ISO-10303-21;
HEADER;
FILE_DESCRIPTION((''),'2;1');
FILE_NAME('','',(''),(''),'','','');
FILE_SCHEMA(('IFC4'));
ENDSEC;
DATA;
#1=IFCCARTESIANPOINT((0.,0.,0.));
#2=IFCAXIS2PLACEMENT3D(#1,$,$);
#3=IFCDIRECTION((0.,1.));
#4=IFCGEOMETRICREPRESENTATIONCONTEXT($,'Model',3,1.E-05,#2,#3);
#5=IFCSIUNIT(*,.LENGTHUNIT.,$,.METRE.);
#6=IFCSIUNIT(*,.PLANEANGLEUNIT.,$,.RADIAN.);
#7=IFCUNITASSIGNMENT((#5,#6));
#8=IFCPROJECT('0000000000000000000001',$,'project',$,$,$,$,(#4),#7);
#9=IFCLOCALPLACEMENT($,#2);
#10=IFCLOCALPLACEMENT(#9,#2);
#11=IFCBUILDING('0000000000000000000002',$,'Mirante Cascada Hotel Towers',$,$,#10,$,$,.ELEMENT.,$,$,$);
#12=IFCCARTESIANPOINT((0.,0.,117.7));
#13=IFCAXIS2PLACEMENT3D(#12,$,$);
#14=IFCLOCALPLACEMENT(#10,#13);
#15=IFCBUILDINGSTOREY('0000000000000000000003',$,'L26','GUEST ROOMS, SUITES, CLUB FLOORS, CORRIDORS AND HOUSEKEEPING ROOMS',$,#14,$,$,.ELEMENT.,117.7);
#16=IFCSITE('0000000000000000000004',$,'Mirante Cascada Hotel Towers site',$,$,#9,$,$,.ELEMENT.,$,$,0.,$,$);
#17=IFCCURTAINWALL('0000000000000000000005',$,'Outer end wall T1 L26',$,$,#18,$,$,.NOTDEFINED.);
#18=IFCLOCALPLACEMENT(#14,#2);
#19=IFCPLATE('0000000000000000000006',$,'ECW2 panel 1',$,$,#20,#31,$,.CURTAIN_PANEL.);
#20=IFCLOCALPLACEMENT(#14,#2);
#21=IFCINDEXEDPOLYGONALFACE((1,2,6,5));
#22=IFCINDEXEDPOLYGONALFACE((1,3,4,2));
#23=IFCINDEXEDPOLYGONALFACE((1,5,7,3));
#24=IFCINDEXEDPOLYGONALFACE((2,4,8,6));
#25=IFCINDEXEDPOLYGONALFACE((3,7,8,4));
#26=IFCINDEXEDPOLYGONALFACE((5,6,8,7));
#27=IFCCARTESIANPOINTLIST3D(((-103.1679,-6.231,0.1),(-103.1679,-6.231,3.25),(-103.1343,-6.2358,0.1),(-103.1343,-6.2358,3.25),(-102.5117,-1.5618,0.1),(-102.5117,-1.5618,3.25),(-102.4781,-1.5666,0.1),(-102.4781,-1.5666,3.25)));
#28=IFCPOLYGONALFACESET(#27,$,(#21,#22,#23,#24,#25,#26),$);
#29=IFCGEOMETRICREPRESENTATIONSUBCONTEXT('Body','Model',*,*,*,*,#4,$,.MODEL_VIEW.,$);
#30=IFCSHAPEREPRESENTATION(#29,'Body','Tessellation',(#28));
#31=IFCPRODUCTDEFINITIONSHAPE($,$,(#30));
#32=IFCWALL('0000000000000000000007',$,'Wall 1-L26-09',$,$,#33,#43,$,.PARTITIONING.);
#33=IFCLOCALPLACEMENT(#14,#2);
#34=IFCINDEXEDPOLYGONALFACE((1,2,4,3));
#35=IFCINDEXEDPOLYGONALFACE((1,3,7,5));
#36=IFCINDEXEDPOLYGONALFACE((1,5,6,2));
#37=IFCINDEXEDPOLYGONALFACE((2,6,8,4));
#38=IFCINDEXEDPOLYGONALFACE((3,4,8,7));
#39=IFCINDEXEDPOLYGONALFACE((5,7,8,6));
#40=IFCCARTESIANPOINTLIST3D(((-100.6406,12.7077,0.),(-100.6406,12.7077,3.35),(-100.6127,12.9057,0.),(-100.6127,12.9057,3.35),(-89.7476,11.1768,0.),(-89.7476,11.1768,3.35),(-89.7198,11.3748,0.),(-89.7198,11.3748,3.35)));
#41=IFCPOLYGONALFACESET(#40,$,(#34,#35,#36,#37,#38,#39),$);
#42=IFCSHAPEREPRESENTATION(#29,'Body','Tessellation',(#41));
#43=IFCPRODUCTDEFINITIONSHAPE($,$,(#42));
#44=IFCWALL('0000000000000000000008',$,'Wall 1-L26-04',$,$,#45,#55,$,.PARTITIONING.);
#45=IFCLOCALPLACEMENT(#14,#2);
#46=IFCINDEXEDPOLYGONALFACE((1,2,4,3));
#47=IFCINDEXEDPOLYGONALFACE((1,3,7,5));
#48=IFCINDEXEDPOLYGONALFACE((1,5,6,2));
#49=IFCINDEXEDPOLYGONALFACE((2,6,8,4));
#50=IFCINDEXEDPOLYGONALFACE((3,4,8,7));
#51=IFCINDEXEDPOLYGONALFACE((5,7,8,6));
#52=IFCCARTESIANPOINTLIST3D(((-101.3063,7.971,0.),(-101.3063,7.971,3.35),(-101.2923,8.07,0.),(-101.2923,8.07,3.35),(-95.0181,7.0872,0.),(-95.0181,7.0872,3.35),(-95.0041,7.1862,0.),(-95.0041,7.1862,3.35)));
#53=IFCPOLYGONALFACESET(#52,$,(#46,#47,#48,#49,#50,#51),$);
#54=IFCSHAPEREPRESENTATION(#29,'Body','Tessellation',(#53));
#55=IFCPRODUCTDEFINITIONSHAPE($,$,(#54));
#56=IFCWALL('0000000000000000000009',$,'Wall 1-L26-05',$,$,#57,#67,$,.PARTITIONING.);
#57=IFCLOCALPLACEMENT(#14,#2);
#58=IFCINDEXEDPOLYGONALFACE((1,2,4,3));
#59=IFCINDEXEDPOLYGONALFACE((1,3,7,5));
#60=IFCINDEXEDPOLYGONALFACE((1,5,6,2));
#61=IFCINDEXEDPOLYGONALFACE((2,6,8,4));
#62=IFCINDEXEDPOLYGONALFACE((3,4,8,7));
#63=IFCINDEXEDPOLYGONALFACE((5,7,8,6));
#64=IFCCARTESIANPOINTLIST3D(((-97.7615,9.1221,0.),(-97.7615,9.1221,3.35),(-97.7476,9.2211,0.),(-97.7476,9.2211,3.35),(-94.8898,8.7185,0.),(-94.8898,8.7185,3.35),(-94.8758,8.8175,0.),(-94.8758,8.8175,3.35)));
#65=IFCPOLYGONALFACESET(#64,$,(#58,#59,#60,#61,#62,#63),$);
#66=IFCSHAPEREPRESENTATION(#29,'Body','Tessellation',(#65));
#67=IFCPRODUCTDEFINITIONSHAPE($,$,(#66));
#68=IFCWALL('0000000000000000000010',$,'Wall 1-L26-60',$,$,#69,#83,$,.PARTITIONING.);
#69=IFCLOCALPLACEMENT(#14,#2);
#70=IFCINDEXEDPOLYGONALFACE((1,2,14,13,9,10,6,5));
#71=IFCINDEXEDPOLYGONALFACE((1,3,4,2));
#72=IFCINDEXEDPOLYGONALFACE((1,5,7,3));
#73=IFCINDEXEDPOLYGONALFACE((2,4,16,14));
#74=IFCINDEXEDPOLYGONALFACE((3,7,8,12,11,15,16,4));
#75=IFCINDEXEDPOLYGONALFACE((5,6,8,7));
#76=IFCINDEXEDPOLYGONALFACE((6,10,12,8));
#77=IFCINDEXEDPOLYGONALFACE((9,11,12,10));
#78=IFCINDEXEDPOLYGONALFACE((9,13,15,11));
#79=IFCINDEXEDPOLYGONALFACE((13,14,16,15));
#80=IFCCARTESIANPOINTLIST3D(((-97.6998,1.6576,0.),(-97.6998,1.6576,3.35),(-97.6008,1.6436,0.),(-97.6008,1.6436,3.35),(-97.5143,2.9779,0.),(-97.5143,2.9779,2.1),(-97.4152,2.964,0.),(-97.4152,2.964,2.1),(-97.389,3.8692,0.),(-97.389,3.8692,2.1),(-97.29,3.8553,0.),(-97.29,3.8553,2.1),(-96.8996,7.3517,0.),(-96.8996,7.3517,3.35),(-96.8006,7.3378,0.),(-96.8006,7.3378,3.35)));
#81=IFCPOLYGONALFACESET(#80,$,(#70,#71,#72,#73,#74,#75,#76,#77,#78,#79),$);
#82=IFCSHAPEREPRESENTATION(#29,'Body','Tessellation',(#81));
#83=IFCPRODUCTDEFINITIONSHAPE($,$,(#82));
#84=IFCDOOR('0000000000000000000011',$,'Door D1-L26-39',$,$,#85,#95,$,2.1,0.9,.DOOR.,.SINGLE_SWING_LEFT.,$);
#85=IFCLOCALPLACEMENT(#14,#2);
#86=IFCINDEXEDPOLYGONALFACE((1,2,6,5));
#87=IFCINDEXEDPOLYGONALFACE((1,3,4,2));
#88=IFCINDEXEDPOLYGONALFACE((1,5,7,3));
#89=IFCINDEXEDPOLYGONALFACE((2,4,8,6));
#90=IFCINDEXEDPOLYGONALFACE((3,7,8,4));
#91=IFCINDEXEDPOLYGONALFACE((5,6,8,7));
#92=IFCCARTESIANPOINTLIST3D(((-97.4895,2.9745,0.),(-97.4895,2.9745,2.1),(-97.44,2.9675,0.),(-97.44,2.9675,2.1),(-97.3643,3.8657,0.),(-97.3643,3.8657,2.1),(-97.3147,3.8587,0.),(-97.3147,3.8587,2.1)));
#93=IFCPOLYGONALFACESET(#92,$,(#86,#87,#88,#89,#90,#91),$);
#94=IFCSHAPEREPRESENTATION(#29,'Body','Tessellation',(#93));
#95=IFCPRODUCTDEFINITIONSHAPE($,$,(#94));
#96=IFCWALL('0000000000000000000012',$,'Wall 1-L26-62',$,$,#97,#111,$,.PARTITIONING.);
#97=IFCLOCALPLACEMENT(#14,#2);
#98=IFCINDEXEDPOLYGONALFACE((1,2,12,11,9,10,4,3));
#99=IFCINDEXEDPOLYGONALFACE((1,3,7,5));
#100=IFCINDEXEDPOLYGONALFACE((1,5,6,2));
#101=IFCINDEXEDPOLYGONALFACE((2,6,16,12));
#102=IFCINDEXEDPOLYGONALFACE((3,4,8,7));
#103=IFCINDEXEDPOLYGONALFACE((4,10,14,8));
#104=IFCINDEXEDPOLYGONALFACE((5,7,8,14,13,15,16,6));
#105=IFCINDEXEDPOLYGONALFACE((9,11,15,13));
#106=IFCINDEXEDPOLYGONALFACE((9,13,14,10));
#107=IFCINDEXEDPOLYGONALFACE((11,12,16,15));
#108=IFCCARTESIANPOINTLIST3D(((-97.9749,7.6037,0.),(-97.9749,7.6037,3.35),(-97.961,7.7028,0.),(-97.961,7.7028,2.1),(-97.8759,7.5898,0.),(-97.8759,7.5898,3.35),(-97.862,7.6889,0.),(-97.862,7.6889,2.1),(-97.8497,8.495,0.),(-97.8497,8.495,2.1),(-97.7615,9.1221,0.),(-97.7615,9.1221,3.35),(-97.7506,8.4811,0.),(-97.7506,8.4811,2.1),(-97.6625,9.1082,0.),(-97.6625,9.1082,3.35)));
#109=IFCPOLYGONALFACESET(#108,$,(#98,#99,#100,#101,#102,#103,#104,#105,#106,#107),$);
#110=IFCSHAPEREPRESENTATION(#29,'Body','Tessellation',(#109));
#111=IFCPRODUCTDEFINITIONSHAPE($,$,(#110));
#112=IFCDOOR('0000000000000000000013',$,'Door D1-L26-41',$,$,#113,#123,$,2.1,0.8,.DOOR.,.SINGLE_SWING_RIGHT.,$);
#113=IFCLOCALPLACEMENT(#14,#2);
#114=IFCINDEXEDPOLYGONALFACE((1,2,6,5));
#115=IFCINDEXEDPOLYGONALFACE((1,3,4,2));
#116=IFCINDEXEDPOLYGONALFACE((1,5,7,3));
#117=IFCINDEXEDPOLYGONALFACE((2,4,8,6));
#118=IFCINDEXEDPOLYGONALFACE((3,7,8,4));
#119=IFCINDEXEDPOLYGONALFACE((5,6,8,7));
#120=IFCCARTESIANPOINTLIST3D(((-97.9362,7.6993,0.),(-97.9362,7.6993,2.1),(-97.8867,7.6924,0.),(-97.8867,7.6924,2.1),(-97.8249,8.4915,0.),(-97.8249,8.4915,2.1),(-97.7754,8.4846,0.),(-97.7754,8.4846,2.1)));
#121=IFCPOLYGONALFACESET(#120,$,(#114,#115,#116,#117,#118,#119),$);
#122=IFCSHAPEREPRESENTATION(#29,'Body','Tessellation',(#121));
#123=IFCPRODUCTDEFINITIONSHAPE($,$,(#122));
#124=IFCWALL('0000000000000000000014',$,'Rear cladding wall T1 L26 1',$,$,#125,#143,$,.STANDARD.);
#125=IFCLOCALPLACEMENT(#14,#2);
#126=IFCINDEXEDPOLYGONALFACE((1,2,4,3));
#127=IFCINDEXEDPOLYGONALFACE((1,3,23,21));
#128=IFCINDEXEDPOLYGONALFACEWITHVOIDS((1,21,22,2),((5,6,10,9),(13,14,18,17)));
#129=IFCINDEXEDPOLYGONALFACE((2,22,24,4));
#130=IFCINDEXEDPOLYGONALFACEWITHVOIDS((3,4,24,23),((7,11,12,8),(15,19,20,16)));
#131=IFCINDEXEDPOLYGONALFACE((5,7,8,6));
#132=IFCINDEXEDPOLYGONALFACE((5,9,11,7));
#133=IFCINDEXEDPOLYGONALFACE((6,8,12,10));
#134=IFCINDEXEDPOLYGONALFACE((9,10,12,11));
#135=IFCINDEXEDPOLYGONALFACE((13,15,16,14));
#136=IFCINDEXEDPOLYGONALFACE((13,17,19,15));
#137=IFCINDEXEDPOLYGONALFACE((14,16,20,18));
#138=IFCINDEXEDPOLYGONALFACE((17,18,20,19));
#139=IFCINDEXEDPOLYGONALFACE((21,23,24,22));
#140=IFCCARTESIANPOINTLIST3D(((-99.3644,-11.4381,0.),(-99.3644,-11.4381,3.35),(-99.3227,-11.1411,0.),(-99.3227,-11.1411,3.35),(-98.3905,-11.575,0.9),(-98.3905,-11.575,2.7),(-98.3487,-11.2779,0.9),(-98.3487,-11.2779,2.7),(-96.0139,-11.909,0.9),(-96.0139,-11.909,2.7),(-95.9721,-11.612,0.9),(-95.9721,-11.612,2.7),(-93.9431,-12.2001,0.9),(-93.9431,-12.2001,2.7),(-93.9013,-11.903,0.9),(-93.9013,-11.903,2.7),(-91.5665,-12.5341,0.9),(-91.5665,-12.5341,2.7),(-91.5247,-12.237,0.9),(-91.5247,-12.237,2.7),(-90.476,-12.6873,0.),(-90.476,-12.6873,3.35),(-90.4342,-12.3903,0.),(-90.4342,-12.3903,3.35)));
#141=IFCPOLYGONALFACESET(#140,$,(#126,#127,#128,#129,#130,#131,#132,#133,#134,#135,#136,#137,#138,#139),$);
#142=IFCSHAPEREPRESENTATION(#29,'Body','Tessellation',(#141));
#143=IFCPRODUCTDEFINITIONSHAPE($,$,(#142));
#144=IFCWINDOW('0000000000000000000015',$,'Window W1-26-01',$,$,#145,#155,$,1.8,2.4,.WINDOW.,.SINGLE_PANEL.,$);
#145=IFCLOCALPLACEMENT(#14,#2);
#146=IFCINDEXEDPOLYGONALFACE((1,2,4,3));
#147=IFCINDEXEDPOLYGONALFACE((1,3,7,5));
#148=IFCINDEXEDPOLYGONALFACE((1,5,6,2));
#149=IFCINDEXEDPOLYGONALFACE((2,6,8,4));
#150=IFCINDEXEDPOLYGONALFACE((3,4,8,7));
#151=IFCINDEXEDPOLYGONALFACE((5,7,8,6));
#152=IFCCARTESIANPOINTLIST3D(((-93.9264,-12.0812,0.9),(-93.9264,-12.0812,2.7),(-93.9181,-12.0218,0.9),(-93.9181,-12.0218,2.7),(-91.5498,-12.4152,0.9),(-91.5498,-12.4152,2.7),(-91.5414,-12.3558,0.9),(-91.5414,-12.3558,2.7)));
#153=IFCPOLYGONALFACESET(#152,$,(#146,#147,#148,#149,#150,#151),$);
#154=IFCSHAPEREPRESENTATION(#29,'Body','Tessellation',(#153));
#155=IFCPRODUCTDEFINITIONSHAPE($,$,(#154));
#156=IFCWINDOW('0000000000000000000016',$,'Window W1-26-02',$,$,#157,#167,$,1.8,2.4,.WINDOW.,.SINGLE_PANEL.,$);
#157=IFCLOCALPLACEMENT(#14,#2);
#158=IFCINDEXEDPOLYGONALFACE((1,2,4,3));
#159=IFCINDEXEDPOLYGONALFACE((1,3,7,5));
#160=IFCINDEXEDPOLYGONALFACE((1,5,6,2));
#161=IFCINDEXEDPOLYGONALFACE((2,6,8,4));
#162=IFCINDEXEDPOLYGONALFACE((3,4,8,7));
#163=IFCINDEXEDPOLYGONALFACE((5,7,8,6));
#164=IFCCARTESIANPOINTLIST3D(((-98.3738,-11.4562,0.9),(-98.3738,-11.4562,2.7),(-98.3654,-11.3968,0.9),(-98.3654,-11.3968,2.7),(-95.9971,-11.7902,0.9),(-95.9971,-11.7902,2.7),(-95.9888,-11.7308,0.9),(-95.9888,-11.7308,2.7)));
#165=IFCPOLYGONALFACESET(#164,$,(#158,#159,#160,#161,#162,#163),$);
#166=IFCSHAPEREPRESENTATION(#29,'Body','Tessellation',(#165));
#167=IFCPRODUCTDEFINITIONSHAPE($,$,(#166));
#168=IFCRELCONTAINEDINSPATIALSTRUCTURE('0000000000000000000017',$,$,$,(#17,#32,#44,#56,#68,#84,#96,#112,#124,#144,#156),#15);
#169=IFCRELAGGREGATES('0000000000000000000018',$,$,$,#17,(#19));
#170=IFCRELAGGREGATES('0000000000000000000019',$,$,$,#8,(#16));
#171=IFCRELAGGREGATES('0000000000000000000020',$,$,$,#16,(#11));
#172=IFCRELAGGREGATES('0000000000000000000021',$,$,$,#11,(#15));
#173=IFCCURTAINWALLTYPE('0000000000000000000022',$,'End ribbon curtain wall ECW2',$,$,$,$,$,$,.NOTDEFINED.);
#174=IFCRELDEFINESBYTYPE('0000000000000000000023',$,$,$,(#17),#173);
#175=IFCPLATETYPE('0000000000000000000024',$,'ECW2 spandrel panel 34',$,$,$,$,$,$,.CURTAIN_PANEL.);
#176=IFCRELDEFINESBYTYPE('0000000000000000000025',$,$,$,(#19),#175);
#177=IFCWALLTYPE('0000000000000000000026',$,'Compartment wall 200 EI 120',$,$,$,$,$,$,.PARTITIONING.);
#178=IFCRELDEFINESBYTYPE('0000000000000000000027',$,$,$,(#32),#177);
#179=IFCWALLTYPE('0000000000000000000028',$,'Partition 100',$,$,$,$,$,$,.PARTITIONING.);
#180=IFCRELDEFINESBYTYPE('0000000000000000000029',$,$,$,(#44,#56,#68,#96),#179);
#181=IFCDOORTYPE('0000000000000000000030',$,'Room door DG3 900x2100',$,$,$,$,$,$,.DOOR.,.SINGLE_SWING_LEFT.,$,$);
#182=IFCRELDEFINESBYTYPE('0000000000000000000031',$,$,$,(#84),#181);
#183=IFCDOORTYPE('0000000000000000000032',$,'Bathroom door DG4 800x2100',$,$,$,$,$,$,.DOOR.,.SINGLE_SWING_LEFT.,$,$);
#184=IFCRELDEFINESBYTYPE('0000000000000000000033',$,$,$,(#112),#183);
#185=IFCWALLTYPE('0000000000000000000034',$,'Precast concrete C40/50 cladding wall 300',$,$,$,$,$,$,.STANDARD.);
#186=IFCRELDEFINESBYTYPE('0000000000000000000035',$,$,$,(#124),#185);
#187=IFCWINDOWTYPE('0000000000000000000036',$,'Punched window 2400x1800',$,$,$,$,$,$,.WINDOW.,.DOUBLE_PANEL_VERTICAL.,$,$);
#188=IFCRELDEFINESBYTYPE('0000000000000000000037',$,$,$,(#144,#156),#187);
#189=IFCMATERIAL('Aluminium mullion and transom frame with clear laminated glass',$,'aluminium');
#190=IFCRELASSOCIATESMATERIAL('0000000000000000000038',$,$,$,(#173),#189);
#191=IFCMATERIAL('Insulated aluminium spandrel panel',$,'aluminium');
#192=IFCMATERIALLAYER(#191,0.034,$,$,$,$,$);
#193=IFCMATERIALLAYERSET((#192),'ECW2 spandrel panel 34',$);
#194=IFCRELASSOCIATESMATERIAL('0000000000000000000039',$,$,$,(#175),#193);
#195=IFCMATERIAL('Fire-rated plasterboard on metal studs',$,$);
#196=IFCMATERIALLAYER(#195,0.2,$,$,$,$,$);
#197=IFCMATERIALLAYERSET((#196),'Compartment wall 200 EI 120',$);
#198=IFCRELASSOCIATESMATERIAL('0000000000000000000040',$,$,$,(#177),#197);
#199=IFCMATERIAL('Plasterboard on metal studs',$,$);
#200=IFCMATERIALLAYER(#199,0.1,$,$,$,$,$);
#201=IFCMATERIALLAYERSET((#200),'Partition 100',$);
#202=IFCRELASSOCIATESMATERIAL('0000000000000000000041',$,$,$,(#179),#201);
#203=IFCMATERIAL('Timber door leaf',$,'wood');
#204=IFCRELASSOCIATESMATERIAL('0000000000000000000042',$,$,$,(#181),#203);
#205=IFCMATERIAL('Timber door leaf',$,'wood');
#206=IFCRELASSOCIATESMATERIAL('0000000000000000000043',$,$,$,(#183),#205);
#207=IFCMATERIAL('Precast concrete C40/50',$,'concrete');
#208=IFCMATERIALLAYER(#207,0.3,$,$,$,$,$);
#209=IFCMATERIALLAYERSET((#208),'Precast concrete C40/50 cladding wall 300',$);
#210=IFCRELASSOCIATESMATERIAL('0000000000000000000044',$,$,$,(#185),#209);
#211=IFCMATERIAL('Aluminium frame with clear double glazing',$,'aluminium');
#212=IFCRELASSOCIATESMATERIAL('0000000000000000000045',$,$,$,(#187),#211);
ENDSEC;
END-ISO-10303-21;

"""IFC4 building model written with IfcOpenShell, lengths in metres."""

from ifc_helpers import new_model, si_unit, direction, frame, frame_2d, origin, origin_2d, place, context, subcontext, project, spatial, rectangle, extrude, material, layer, layer_set, type_object, element, fill, aggregate, save


model = new_model("IFC4")

# Units and contexts
model_context = context("Model", 3, precision=1e-05, world=origin(), true_north=direction((0.0, 1.0)))
body_context = subcontext(model_context, "Body", "Model", "MODEL_VIEW")
ifc_project = project(units=[si_unit("LENGTHUNIT", "METRE"), si_unit("PLANEANGLEUNIT", "RADIAN")], contexts=[model_context])

# Site, building, storey
site_placement = place(None, origin())
site = spatial("IfcSite", under=ifc_project, at=site_placement, Name="Mirante Cascada Hotel Towers site", CompositionType="ELEMENT", RefElevation=0.0)
building_placement = place(site_placement, origin())
building = spatial("IfcBuilding", under=site, at=building_placement, Name="Mirante Cascada Hotel Towers", CompositionType="ELEMENT")
storey_placement = place(building_placement, frame((0.0, 0.0, 117.7)))
storey = spatial("IfcBuildingStorey", under=building, at=storey_placement, Name="L26", Description="GUEST ROOMS, SUITES, CLUB FLOORS, CORRIDORS AND HOUSEKEEPING ROOMS", CompositionType="ELEMENT", Elevation=117.7)

# Curtain wall, plate
ifc_material_1 = material(Name="Aluminium mullion and transom frame with clear laminated glass", Category="aluminium")
curtain_wall_type = type_object("IfcCurtainWallType", Name="End ribbon curtain wall ECW2", PredefinedType="NOTDEFINED", material=ifc_material_1)
curtain_wall_placement = place(storey_placement, origin())
curtain_wall = element("IfcCurtainWall", 1, at=curtain_wall_placement, inside=storey, type_object=curtain_wall_type, Name="Outer end wall T1 L26", PredefinedType="NOTDEFINED")
ifc_material_2 = material(Name="Insulated aluminium spandrel panel", Category="aluminium")
ifc_layer_1 = layer(ifc_material_2, 0.034)
ifc_layer_set_1 = layer_set([ifc_layer_1], Name="ECW2 spandrel panel 34")
plate_type_1 = type_object("IfcPlateType", Name="ECW2 spandrel panel 34", PredefinedType="CURTAIN_PANEL", material=ifc_layer_set_1)
plate_1_placement = place(storey_placement, frame((-102.823, -3.8988, 0.1), z_axis=(0.0, 0.0, 1.0), x_axis=(0.139173, 0.990268, 0.0)))
plate_1 = element("IfcPlate", 2, at=plate_1_placement, type_object=plate_type_1, Name="ECW2 panel 1", PredefinedType="CURTAIN_PANEL", context=body_context, shape_type="SweptSolid", body=[
    extrude(rectangle(XDim=4.7151, YDim=0.034, at=origin_2d()), origin(), (0.0, 0.0, 1.0), 3.15),
])
aggregate(curtain_wall, [plate_1])

# Walls
ifc_material_3 = material(Name="Fire-rated plasterboard on metal studs")
ifc_layer_2 = layer(ifc_material_3, 0.2)
ifc_layer_set_2 = layer_set([ifc_layer_2], Name="Compartment wall 200 EI 120")
wall_type_1 = type_object("IfcWallType", Name="Compartment wall 200 EI 120", PredefinedType="PARTITIONING", material=ifc_layer_set_2)
wall_1_placement = place(storey_placement, frame((-89.7337, 11.2758, 0.0), z_axis=(0.0, 0.0, 1.0), x_axis=(-0.990268, 0.139173, 0.0)))
element("IfcWall", 3, at=wall_1_placement, inside=storey, type_object=wall_type_1, Name="Wall 1-L26-09", PredefinedType="PARTITIONING", context=body_context, shape_type="SweptSolid", body=[
    extrude(rectangle(XDim=11.0, YDim=0.2, at=frame_2d((5.5, 0.0))), origin(), (0.0, 0.0, 1.0), 3.35),
])
ifc_material_4 = material(Name="Plasterboard on metal studs")
ifc_layer_3 = layer(ifc_material_4, 0.1)
ifc_layer_set_3 = layer_set([ifc_layer_3], Name="Partition 100")
wall_type_2 = type_object("IfcWallType", Name="Partition 100", PredefinedType="PARTITIONING", material=ifc_layer_set_3)
wall_2_placement = place(storey_placement, frame((-101.2993, 8.0205, 0.0), z_axis=(0.0, 0.0, 1.0), x_axis=(0.990267, -0.139181, 0.0)))
element("IfcWall", 4, at=wall_2_placement, inside=storey, type_object=wall_type_2, Name="Wall 1-L26-04", PredefinedType="PARTITIONING", context=body_context, shape_type="SweptSolid", body=[
    extrude(rectangle(XDim=6.35, YDim=0.1, at=frame_2d((3.175, 0.0))), origin(), (0.0, 0.0, 1.0), 3.35),
])
wall_3_placement = place(storey_placement, frame((-94.8828, 8.768, 0.0), z_axis=(0.0, 0.0, 1.0), x_axis=(-0.990268, 0.139171, 0.0)))
element("IfcWall", 5, at=wall_3_placement, inside=storey, type_object=wall_type_2, Name="Wall 1-L26-05", PredefinedType="PARTITIONING", context=body_context, shape_type="SweptSolid", body=[
    extrude(rectangle(XDim=2.9, YDim=0.1, at=frame_2d((1.45, 0.0))), origin(), (0.0, 0.0, 1.0), 3.35),
])

# Walls, openings, doors
wall_4_placement = place(storey_placement, frame((-96.8501, 7.3447, 0.0), z_axis=(0.0, 0.0, 1.0), x_axis=(-0.139164, -0.990269, 0.0)))
wall_4 = element("IfcWall", 6, at=wall_4_placement, inside=storey, type_object=wall_type_2, Name="Wall 1-L26-60", PredefinedType="PARTITIONING", context=body_context, shape_type="SweptSolid", body=[
    extrude(rectangle(XDim=5.7501, YDim=0.1, at=frame_2d((2.875, 0.0))), origin(), (0.0, 0.0, 1.0), 3.35),
])
opening_1_placement = place(wall_4_placement, frame((3.5167, 0.0, 0.0)))
opening_1 = element("IfcOpeningElement", 7, at=opening_1_placement, cuts=wall_4, PredefinedType="OPENING", context=body_context, shape_type="SweptSolid", body=[
    extrude(rectangle(XDim=0.9, YDim=2.1, at=frame_2d((0.45, 1.05))), frame((0.0, 0.05, 0.0), z_axis=(0.0, -1.0, 0.0), x_axis=(1.0, 0.0, 0.0)), (0.0, 0.0, 1.0), 0.1),
])
ifc_material_5 = material(Name="Timber door leaf", Category="wood")
door_type_1 = type_object("IfcDoorType", Name="Room door DG3 900x2100", OperationType="SINGLE_SWING_LEFT", PredefinedType="DOOR", material=ifc_material_5)
door_1_placement = place(opening_1_placement, origin())
door_1 = element("IfcDoor", 8, at=door_1_placement, inside=storey, type_object=door_type_1, Name="Door D1-L26-39", OperationType="SINGLE_SWING_LEFT", OverallHeight=2.1, OverallWidth=0.9, PredefinedType="DOOR", context=body_context, shape_type="SweptSolid", body=[
    extrude(rectangle(XDim=0.9, YDim=2.1, at=frame_2d((0.45, 1.05))), frame((0.0, 0.025, 0.0), z_axis=(0.0, -1.0, 0.0), x_axis=(1.0, 0.0, 0.0)), (0.0, 0.0, 1.0), 0.05),
])
fill(opening_1, door_1)
wall_5_placement = place(storey_placement, frame((-97.712, 9.1152, 0.0), z_axis=(0.0, 0.0, 1.0), x_axis=(-0.139175, -0.990268, 0.0)))
wall_5 = element("IfcWall", 9, at=wall_5_placement, inside=storey, type_object=wall_type_2, Name="Wall 1-L26-62", PredefinedType="PARTITIONING", context=body_context, shape_type="SweptSolid", body=[
    extrude(rectangle(XDim=1.5333, YDim=0.1, at=frame_2d((0.7667, 0.0))), origin(), (0.0, 0.0, 1.0), 3.35),
])
opening_2_placement = place(wall_5_placement, frame((0.6333, 0.0, 0.0)))
opening_2 = element("IfcOpeningElement", 10, at=opening_2_placement, cuts=wall_5, PredefinedType="OPENING", context=body_context, shape_type="SweptSolid", body=[
    extrude(rectangle(XDim=0.8, YDim=2.1, at=frame_2d((0.4, 1.05))), frame((0.0, 0.05, 0.0), z_axis=(0.0, -1.0, 0.0), x_axis=(1.0, 0.0, 0.0)), (0.0, 0.0, 1.0), 0.1),
])
ifc_material_6 = material(Name="Timber door leaf", Category="wood")
door_type_2 = type_object("IfcDoorType", Name="Bathroom door DG4 800x2100", OperationType="SINGLE_SWING_LEFT", PredefinedType="DOOR", material=ifc_material_6)
door_2_placement = place(opening_2_placement, frame((0.8, 0.0, 0.0), z_axis=(0.0, 0.0, 1.0), x_axis=(-1.0, 0.0, 0.0)))
door_2 = element("IfcDoor", 11, at=door_2_placement, inside=storey, type_object=door_type_2, Name="Door D1-L26-41", OperationType="SINGLE_SWING_RIGHT", OverallHeight=2.1, OverallWidth=0.8, PredefinedType="DOOR", context=body_context, shape_type="SweptSolid", body=[
    extrude(rectangle(XDim=0.8, YDim=2.1, at=frame_2d((0.4, 1.05))), frame((0.0, 0.025, 0.0), z_axis=(0.0, -1.0, 0.0), x_axis=(1.0, 0.0, 0.0)), (0.0, 0.0, 1.0), 0.05),
])
fill(opening_2, door_2)

# Wall, openings, windows
ifc_material_7 = material(Name="Precast concrete C40/50", Category="concrete")
ifc_layer_4 = layer(ifc_material_7, 0.3)
ifc_layer_set_4 = layer_set([ifc_layer_4], Name="Precast concrete C40/50 cladding wall 300")
wall_type_3 = type_object("IfcWallType", Name="Precast concrete C40/50 cladding wall 300", PredefinedType="STANDARD", material=ifc_layer_set_4)
wall_6_placement = place(storey_placement, frame((-90.4551, -12.5388, 0.0), z_axis=(0.0, 0.0, 1.0), x_axis=(-0.990268, 0.139175, 0.0)))
wall_6 = element("IfcWall", 12, at=wall_6_placement, inside=storey, type_object=wall_type_3, Name="Rear cladding wall T1 L26 1", PredefinedType="STANDARD", context=body_context, shape_type="SweptSolid", body=[
    extrude(rectangle(XDim=8.9758, YDim=0.3, at=frame_2d((4.4879, 0.0))), origin(), (0.0, 0.0, 1.0), 3.35),
])
opening_3_placement = place(wall_6_placement, frame((1.1012, 0.0, 0.9)))
opening_3 = element("IfcOpeningElement", 13, at=opening_3_placement, cuts=wall_6, PredefinedType="OPENING", context=body_context, shape_type="SweptSolid", body=[
    extrude(rectangle(XDim=2.4, YDim=1.8, at=frame_2d((1.2, 0.9))), frame((0.0, 0.15, 0.0), z_axis=(0.0, -1.0, 0.0), x_axis=(1.0, 0.0, 0.0)), (0.0, 0.0, 1.0), 0.3),
])
opening_4_placement = place(wall_6_placement, frame((5.5923, 0.0, 0.9)))
opening_4 = element("IfcOpeningElement", 14, at=opening_4_placement, cuts=wall_6, PredefinedType="OPENING", context=body_context, shape_type="SweptSolid", body=[
    extrude(rectangle(XDim=2.4, YDim=1.8, at=frame_2d((1.2, 0.9))), frame((0.0, 0.15, 0.0), z_axis=(0.0, -1.0, 0.0), x_axis=(1.0, 0.0, 0.0)), (0.0, 0.0, 1.0), 0.3),
])
ifc_material_8 = material(Name="Aluminium frame with clear double glazing", Category="aluminium")
window_type_1 = type_object("IfcWindowType", Name="Punched window 2400x1800", PartitioningType="DOUBLE_PANEL_VERTICAL", PredefinedType="WINDOW", material=ifc_material_8)
window_1_placement = place(opening_3_placement, origin())
window_1 = element("IfcWindow", 15, at=window_1_placement, inside=storey, type_object=window_type_1, Name="Window W1-26-01", OverallHeight=1.8, OverallWidth=2.4, PartitioningType="SINGLE_PANEL", PredefinedType="WINDOW", context=body_context, shape_type="SweptSolid", body=[
    extrude(rectangle(XDim=2.4, YDim=1.8, at=frame_2d((1.2, 0.9))), frame((0.0, 0.03, 0.0), z_axis=(0.0, -1.0, 0.0), x_axis=(1.0, 0.0, 0.0)), (0.0, 0.0, 1.0), 0.06),
])
fill(opening_3, window_1)
window_2_placement = place(opening_4_placement, origin())
window_2 = element("IfcWindow", 16, at=window_2_placement, inside=storey, type_object=window_type_1, Name="Window W1-26-02", OverallHeight=1.8, OverallWidth=2.4, PartitioningType="SINGLE_PANEL", PredefinedType="WINDOW", context=body_context, shape_type="SweptSolid", body=[
    extrude(rectangle(XDim=2.4, YDim=1.8, at=frame_2d((1.2, 0.9))), frame((0.0, 0.03, 0.0), z_axis=(0.0, -1.0, 0.0), x_axis=(1.0, 0.0, 0.0)), (0.0, 0.0, 1.0), 0.06),
])
fill(opening_4, window_2)

save(model, "model.ifc")
